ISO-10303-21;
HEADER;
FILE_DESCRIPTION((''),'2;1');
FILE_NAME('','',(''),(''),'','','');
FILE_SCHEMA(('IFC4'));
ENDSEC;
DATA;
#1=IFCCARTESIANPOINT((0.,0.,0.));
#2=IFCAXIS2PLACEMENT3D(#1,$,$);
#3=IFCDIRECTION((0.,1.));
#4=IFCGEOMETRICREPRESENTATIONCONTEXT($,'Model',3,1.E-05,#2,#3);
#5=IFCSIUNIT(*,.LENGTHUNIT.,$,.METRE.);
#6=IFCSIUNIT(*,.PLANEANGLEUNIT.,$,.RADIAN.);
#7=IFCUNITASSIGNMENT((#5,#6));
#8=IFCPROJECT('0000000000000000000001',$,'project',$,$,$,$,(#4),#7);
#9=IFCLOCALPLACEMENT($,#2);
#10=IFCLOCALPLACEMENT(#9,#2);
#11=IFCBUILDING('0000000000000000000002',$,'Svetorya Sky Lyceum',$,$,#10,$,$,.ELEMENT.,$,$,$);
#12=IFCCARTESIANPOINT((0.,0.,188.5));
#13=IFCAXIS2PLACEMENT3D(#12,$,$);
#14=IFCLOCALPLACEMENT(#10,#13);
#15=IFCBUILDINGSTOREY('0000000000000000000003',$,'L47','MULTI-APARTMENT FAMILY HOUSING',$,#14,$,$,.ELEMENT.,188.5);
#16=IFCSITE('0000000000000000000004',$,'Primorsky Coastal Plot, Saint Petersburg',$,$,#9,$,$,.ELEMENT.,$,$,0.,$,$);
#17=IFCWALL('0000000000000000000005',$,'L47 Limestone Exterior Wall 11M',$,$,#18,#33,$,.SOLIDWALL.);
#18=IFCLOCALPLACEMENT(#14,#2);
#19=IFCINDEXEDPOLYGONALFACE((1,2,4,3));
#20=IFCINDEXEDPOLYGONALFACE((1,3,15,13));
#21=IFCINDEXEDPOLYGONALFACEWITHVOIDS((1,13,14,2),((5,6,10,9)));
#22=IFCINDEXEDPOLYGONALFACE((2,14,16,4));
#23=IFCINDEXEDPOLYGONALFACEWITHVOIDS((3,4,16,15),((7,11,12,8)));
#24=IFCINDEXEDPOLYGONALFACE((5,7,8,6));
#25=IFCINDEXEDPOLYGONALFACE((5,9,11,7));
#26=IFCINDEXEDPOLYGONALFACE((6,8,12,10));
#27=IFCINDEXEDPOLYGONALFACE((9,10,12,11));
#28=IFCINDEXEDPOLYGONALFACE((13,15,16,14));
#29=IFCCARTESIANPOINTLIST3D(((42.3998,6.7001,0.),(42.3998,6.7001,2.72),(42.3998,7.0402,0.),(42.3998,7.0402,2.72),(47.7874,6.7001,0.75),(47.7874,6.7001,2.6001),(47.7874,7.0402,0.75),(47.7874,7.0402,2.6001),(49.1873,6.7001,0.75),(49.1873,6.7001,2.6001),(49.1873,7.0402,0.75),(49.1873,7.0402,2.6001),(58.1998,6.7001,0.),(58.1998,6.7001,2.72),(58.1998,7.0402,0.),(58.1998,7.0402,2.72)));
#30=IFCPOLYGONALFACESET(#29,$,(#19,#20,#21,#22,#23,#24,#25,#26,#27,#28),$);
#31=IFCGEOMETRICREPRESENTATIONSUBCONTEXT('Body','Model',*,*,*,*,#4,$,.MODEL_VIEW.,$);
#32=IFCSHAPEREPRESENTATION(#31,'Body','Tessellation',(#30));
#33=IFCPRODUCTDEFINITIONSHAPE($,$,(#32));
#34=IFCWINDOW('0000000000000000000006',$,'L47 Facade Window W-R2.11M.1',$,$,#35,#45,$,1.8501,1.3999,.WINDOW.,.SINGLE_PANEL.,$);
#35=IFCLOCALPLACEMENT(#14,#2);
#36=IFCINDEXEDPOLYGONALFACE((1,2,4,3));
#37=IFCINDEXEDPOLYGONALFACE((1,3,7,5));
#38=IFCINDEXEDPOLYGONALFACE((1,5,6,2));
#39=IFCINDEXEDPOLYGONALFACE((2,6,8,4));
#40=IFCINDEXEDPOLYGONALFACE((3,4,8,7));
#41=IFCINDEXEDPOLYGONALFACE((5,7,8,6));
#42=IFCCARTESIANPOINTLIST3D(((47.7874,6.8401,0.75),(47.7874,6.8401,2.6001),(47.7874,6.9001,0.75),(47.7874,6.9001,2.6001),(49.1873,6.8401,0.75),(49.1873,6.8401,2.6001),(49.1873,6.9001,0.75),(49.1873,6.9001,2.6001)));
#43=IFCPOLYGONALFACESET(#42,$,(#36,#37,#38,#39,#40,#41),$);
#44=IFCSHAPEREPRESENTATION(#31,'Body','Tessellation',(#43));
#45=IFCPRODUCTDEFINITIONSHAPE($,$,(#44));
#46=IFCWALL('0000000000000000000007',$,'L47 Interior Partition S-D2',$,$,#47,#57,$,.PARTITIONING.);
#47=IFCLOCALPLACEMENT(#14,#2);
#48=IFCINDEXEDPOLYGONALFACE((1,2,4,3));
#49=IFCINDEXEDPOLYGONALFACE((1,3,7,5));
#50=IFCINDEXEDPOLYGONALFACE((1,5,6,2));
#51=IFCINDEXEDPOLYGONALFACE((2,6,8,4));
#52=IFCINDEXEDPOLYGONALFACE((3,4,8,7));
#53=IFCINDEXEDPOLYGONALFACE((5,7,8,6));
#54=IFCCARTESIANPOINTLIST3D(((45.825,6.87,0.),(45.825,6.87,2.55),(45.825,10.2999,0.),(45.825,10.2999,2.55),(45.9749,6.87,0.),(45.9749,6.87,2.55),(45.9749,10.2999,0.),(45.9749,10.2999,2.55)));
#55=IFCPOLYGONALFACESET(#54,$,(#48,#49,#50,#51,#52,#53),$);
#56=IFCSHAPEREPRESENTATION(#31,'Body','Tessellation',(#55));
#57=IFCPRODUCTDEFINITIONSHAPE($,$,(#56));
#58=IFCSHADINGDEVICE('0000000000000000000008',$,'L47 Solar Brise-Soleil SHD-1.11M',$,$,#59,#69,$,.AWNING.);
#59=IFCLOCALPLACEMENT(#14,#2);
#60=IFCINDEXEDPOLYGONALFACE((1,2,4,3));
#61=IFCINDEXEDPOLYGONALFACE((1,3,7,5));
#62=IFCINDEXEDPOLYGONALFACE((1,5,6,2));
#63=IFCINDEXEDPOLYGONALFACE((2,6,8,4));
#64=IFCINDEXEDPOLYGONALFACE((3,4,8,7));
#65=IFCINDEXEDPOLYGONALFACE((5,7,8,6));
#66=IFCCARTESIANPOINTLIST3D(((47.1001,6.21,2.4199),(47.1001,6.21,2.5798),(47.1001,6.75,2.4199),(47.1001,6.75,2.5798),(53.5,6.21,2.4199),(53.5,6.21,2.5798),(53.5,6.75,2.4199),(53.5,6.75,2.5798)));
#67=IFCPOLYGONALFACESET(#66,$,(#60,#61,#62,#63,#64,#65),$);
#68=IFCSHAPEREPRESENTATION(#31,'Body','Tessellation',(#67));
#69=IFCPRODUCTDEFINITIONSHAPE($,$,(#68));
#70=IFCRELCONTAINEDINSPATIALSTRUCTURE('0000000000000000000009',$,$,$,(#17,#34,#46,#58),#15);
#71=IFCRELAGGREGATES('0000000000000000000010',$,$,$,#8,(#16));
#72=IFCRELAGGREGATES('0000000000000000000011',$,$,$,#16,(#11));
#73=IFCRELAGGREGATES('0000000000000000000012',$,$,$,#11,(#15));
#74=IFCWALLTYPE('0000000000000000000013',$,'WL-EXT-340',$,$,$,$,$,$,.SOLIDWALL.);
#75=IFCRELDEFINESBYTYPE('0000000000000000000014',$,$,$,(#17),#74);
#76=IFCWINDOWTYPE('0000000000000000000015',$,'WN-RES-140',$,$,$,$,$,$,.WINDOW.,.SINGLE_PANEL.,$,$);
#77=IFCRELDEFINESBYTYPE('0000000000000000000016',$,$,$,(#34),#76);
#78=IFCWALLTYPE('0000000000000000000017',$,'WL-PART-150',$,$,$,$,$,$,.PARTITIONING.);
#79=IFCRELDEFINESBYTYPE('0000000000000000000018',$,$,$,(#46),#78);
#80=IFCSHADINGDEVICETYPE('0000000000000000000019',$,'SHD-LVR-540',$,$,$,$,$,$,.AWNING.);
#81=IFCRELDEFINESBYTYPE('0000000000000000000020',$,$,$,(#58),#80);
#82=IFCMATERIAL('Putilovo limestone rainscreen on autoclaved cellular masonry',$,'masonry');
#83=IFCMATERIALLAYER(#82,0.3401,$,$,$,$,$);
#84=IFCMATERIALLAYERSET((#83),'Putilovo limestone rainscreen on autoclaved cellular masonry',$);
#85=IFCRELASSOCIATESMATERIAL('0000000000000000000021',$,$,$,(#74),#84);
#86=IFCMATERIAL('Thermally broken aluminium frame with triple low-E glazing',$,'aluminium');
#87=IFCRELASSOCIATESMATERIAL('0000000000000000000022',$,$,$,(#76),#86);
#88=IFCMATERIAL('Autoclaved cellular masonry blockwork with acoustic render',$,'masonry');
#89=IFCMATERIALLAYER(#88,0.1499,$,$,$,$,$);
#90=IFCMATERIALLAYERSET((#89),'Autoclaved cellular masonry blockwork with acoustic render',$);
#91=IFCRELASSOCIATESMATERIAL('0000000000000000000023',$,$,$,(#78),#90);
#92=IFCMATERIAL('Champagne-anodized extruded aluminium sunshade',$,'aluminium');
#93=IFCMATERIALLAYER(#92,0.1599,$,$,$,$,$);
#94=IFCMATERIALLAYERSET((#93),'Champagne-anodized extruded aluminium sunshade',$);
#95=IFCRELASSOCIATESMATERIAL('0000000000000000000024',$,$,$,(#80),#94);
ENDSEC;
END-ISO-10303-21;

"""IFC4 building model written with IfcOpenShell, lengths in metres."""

from ifc_helpers import new_model, si_unit, direction, frame, frame_2d, origin, origin_2d, place, context, subcontext, project, spatial, rectangle, extrude, material, layer, layer_set, type_object, element, fill, save


model = new_model("IFC4")

# Units and contexts
model_context = context("Model", 3, precision=1e-05, world=origin(), true_north=direction((0.0, 1.0)))
body_context = subcontext(model_context, "Body", "Model", "MODEL_VIEW")
ifc_project = project(units=[si_unit("LENGTHUNIT", "METRE"), si_unit("PLANEANGLEUNIT", "RADIAN")], contexts=[model_context])

# Site, building, storey
site_placement = place(None, origin())
site = spatial("IfcSite", under=ifc_project, at=site_placement, Name="Primorsky Coastal Plot, Saint Petersburg", CompositionType="ELEMENT", RefElevation=0.0)
building_placement = place(site_placement, origin())
building = spatial("IfcBuilding", under=site, at=building_placement, Name="Svetorya Sky Lyceum", CompositionType="ELEMENT")
storey_placement = place(building_placement, frame((0.0, 0.0, 188.5)))
storey = spatial("IfcBuildingStorey", under=building, at=storey_placement, Name="L47", Description="MULTI-APARTMENT FAMILY HOUSING", CompositionType="ELEMENT", Elevation=188.5)

# Shared definitions
ifc_material_1 = material(Name="Putilovo limestone rainscreen on autoclaved cellular masonry", Category="masonry")
ifc_layer_1 = layer(ifc_material_1, 0.3401)
ifc_layer_set_1 = layer_set([ifc_layer_1], Name="Putilovo limestone rainscreen on autoclaved cellular masonry")
wall_type_1 = type_object("IfcWallType", Name="WL-EXT-340", PredefinedType="SOLIDWALL", material=ifc_layer_set_1)

# Wall, opening, window
wall_1_placement = place(storey_placement, frame((42.3999, 6.8701, 0.0), z_axis=(0.0, 0.0, 1.0), x_axis=(1.0, 0.0, 0.0)))
wall_1 = element("IfcWall", 1, at=wall_1_placement, inside=storey, type_object=wall_type_1, Name="L47 Limestone Exterior Wall 11M", PredefinedType="SOLIDWALL", context=body_context, shape_type="SweptSolid", body=[
    extrude(rectangle(XDim=15.8, YDim=0.3401, at=frame_2d((7.8999, 0.0))), origin(), (0.0, 0.0, 1.0), 2.72),
])
opening_placement = place(wall_1_placement, frame((5.3875, 0.0, 0.75)))
opening = element("IfcOpeningElement", 2, at=opening_placement, cuts=wall_1, PredefinedType="OPENING", context=body_context, shape_type="SweptSolid", body=[
    extrude(rectangle(XDim=1.3999, YDim=1.8501, at=frame_2d((0.7, 0.925))), frame((0.0, 0.1799, 0.0), z_axis=(0.0, -1.0, 0.0), x_axis=(1.0, 0.0, 0.0)), (0.0, 0.0, 1.0), 0.3601),
])
ifc_material_2 = material(Name="Thermally broken aluminium frame with triple low-E glazing", Category="aluminium")
window_type = type_object("IfcWindowType", Name="WN-RES-140", PartitioningType="SINGLE_PANEL", PredefinedType="WINDOW", material=ifc_material_2)
window_placement = place(opening_placement, origin())
window = element("IfcWindow", 3, at=window_placement, inside=storey, type_object=window_type, Name="L47 Facade Window W-R2.11M.1", OverallHeight=1.8501, OverallWidth=1.3999, PartitioningType="SINGLE_PANEL", PredefinedType="WINDOW", context=body_context, shape_type="SweptSolid", body=[
    extrude(rectangle(XDim=1.3999, YDim=1.8501, at=frame_2d((0.7, 0.925))), frame((0.0, 0.03, 0.0), z_axis=(0.0, -1.0, 0.0), x_axis=(1.0, 0.0, 0.0)), (0.0, 0.0, 1.0), 0.0601),
])
fill(opening, window)

# Wall
ifc_material_3 = material(Name="Autoclaved cellular masonry blockwork with acoustic render", Category="masonry")
ifc_layer_2 = layer(ifc_material_3, 0.1499)
ifc_layer_set_2 = layer_set([ifc_layer_2], Name="Autoclaved cellular masonry blockwork with acoustic render")
wall_type_2 = type_object("IfcWallType", Name="WL-PART-150", PredefinedType="PARTITIONING", material=ifc_layer_set_2)
wall_2_placement = place(storey_placement, frame((45.8999, 6.8701, 0.0), z_axis=(0.0, 0.0, 1.0), x_axis=(0.0, 1.0, 0.0)))
element("IfcWall", 4, at=wall_2_placement, inside=storey, type_object=wall_type_2, Name="L47 Interior Partition S-D2", PredefinedType="PARTITIONING", context=body_context, shape_type="SweptSolid", body=[
    extrude(rectangle(XDim=3.4299, YDim=0.1499, at=frame_2d((1.7148, 0.0))), origin(), (0.0, 0.0, 1.0), 2.55),
])

# Shading device
ifc_material_4 = material(Name="Champagne-anodized extruded aluminium sunshade", Category="aluminium")
ifc_layer_3 = layer(ifc_material_4, 0.1599)
ifc_layer_set_3 = layer_set([ifc_layer_3], Name="Champagne-anodized extruded aluminium sunshade")
shading_device_type = type_object("IfcShadingDeviceType", Name="SHD-LVR-540", PredefinedType="AWNING", material=ifc_layer_set_3)
shading_device_placement = place(storey_placement, frame((50.3, 6.48, 2.4199), z_axis=(0.0, 0.0, 1.0), x_axis=(1.0, 0.0, 0.0)))
element("IfcShadingDevice", 5, at=shading_device_placement, inside=storey, type_object=shading_device_type, Name="L47 Solar Brise-Soleil SHD-1.11M", PredefinedType="AWNING", context=body_context, shape_type="SweptSolid", body=[
    extrude(rectangle(XDim=6.3999, YDim=0.54, at=origin_2d()), origin(), (0.0, 0.0, 1.0), 0.1599),
])

save(model, "model.ifc")
